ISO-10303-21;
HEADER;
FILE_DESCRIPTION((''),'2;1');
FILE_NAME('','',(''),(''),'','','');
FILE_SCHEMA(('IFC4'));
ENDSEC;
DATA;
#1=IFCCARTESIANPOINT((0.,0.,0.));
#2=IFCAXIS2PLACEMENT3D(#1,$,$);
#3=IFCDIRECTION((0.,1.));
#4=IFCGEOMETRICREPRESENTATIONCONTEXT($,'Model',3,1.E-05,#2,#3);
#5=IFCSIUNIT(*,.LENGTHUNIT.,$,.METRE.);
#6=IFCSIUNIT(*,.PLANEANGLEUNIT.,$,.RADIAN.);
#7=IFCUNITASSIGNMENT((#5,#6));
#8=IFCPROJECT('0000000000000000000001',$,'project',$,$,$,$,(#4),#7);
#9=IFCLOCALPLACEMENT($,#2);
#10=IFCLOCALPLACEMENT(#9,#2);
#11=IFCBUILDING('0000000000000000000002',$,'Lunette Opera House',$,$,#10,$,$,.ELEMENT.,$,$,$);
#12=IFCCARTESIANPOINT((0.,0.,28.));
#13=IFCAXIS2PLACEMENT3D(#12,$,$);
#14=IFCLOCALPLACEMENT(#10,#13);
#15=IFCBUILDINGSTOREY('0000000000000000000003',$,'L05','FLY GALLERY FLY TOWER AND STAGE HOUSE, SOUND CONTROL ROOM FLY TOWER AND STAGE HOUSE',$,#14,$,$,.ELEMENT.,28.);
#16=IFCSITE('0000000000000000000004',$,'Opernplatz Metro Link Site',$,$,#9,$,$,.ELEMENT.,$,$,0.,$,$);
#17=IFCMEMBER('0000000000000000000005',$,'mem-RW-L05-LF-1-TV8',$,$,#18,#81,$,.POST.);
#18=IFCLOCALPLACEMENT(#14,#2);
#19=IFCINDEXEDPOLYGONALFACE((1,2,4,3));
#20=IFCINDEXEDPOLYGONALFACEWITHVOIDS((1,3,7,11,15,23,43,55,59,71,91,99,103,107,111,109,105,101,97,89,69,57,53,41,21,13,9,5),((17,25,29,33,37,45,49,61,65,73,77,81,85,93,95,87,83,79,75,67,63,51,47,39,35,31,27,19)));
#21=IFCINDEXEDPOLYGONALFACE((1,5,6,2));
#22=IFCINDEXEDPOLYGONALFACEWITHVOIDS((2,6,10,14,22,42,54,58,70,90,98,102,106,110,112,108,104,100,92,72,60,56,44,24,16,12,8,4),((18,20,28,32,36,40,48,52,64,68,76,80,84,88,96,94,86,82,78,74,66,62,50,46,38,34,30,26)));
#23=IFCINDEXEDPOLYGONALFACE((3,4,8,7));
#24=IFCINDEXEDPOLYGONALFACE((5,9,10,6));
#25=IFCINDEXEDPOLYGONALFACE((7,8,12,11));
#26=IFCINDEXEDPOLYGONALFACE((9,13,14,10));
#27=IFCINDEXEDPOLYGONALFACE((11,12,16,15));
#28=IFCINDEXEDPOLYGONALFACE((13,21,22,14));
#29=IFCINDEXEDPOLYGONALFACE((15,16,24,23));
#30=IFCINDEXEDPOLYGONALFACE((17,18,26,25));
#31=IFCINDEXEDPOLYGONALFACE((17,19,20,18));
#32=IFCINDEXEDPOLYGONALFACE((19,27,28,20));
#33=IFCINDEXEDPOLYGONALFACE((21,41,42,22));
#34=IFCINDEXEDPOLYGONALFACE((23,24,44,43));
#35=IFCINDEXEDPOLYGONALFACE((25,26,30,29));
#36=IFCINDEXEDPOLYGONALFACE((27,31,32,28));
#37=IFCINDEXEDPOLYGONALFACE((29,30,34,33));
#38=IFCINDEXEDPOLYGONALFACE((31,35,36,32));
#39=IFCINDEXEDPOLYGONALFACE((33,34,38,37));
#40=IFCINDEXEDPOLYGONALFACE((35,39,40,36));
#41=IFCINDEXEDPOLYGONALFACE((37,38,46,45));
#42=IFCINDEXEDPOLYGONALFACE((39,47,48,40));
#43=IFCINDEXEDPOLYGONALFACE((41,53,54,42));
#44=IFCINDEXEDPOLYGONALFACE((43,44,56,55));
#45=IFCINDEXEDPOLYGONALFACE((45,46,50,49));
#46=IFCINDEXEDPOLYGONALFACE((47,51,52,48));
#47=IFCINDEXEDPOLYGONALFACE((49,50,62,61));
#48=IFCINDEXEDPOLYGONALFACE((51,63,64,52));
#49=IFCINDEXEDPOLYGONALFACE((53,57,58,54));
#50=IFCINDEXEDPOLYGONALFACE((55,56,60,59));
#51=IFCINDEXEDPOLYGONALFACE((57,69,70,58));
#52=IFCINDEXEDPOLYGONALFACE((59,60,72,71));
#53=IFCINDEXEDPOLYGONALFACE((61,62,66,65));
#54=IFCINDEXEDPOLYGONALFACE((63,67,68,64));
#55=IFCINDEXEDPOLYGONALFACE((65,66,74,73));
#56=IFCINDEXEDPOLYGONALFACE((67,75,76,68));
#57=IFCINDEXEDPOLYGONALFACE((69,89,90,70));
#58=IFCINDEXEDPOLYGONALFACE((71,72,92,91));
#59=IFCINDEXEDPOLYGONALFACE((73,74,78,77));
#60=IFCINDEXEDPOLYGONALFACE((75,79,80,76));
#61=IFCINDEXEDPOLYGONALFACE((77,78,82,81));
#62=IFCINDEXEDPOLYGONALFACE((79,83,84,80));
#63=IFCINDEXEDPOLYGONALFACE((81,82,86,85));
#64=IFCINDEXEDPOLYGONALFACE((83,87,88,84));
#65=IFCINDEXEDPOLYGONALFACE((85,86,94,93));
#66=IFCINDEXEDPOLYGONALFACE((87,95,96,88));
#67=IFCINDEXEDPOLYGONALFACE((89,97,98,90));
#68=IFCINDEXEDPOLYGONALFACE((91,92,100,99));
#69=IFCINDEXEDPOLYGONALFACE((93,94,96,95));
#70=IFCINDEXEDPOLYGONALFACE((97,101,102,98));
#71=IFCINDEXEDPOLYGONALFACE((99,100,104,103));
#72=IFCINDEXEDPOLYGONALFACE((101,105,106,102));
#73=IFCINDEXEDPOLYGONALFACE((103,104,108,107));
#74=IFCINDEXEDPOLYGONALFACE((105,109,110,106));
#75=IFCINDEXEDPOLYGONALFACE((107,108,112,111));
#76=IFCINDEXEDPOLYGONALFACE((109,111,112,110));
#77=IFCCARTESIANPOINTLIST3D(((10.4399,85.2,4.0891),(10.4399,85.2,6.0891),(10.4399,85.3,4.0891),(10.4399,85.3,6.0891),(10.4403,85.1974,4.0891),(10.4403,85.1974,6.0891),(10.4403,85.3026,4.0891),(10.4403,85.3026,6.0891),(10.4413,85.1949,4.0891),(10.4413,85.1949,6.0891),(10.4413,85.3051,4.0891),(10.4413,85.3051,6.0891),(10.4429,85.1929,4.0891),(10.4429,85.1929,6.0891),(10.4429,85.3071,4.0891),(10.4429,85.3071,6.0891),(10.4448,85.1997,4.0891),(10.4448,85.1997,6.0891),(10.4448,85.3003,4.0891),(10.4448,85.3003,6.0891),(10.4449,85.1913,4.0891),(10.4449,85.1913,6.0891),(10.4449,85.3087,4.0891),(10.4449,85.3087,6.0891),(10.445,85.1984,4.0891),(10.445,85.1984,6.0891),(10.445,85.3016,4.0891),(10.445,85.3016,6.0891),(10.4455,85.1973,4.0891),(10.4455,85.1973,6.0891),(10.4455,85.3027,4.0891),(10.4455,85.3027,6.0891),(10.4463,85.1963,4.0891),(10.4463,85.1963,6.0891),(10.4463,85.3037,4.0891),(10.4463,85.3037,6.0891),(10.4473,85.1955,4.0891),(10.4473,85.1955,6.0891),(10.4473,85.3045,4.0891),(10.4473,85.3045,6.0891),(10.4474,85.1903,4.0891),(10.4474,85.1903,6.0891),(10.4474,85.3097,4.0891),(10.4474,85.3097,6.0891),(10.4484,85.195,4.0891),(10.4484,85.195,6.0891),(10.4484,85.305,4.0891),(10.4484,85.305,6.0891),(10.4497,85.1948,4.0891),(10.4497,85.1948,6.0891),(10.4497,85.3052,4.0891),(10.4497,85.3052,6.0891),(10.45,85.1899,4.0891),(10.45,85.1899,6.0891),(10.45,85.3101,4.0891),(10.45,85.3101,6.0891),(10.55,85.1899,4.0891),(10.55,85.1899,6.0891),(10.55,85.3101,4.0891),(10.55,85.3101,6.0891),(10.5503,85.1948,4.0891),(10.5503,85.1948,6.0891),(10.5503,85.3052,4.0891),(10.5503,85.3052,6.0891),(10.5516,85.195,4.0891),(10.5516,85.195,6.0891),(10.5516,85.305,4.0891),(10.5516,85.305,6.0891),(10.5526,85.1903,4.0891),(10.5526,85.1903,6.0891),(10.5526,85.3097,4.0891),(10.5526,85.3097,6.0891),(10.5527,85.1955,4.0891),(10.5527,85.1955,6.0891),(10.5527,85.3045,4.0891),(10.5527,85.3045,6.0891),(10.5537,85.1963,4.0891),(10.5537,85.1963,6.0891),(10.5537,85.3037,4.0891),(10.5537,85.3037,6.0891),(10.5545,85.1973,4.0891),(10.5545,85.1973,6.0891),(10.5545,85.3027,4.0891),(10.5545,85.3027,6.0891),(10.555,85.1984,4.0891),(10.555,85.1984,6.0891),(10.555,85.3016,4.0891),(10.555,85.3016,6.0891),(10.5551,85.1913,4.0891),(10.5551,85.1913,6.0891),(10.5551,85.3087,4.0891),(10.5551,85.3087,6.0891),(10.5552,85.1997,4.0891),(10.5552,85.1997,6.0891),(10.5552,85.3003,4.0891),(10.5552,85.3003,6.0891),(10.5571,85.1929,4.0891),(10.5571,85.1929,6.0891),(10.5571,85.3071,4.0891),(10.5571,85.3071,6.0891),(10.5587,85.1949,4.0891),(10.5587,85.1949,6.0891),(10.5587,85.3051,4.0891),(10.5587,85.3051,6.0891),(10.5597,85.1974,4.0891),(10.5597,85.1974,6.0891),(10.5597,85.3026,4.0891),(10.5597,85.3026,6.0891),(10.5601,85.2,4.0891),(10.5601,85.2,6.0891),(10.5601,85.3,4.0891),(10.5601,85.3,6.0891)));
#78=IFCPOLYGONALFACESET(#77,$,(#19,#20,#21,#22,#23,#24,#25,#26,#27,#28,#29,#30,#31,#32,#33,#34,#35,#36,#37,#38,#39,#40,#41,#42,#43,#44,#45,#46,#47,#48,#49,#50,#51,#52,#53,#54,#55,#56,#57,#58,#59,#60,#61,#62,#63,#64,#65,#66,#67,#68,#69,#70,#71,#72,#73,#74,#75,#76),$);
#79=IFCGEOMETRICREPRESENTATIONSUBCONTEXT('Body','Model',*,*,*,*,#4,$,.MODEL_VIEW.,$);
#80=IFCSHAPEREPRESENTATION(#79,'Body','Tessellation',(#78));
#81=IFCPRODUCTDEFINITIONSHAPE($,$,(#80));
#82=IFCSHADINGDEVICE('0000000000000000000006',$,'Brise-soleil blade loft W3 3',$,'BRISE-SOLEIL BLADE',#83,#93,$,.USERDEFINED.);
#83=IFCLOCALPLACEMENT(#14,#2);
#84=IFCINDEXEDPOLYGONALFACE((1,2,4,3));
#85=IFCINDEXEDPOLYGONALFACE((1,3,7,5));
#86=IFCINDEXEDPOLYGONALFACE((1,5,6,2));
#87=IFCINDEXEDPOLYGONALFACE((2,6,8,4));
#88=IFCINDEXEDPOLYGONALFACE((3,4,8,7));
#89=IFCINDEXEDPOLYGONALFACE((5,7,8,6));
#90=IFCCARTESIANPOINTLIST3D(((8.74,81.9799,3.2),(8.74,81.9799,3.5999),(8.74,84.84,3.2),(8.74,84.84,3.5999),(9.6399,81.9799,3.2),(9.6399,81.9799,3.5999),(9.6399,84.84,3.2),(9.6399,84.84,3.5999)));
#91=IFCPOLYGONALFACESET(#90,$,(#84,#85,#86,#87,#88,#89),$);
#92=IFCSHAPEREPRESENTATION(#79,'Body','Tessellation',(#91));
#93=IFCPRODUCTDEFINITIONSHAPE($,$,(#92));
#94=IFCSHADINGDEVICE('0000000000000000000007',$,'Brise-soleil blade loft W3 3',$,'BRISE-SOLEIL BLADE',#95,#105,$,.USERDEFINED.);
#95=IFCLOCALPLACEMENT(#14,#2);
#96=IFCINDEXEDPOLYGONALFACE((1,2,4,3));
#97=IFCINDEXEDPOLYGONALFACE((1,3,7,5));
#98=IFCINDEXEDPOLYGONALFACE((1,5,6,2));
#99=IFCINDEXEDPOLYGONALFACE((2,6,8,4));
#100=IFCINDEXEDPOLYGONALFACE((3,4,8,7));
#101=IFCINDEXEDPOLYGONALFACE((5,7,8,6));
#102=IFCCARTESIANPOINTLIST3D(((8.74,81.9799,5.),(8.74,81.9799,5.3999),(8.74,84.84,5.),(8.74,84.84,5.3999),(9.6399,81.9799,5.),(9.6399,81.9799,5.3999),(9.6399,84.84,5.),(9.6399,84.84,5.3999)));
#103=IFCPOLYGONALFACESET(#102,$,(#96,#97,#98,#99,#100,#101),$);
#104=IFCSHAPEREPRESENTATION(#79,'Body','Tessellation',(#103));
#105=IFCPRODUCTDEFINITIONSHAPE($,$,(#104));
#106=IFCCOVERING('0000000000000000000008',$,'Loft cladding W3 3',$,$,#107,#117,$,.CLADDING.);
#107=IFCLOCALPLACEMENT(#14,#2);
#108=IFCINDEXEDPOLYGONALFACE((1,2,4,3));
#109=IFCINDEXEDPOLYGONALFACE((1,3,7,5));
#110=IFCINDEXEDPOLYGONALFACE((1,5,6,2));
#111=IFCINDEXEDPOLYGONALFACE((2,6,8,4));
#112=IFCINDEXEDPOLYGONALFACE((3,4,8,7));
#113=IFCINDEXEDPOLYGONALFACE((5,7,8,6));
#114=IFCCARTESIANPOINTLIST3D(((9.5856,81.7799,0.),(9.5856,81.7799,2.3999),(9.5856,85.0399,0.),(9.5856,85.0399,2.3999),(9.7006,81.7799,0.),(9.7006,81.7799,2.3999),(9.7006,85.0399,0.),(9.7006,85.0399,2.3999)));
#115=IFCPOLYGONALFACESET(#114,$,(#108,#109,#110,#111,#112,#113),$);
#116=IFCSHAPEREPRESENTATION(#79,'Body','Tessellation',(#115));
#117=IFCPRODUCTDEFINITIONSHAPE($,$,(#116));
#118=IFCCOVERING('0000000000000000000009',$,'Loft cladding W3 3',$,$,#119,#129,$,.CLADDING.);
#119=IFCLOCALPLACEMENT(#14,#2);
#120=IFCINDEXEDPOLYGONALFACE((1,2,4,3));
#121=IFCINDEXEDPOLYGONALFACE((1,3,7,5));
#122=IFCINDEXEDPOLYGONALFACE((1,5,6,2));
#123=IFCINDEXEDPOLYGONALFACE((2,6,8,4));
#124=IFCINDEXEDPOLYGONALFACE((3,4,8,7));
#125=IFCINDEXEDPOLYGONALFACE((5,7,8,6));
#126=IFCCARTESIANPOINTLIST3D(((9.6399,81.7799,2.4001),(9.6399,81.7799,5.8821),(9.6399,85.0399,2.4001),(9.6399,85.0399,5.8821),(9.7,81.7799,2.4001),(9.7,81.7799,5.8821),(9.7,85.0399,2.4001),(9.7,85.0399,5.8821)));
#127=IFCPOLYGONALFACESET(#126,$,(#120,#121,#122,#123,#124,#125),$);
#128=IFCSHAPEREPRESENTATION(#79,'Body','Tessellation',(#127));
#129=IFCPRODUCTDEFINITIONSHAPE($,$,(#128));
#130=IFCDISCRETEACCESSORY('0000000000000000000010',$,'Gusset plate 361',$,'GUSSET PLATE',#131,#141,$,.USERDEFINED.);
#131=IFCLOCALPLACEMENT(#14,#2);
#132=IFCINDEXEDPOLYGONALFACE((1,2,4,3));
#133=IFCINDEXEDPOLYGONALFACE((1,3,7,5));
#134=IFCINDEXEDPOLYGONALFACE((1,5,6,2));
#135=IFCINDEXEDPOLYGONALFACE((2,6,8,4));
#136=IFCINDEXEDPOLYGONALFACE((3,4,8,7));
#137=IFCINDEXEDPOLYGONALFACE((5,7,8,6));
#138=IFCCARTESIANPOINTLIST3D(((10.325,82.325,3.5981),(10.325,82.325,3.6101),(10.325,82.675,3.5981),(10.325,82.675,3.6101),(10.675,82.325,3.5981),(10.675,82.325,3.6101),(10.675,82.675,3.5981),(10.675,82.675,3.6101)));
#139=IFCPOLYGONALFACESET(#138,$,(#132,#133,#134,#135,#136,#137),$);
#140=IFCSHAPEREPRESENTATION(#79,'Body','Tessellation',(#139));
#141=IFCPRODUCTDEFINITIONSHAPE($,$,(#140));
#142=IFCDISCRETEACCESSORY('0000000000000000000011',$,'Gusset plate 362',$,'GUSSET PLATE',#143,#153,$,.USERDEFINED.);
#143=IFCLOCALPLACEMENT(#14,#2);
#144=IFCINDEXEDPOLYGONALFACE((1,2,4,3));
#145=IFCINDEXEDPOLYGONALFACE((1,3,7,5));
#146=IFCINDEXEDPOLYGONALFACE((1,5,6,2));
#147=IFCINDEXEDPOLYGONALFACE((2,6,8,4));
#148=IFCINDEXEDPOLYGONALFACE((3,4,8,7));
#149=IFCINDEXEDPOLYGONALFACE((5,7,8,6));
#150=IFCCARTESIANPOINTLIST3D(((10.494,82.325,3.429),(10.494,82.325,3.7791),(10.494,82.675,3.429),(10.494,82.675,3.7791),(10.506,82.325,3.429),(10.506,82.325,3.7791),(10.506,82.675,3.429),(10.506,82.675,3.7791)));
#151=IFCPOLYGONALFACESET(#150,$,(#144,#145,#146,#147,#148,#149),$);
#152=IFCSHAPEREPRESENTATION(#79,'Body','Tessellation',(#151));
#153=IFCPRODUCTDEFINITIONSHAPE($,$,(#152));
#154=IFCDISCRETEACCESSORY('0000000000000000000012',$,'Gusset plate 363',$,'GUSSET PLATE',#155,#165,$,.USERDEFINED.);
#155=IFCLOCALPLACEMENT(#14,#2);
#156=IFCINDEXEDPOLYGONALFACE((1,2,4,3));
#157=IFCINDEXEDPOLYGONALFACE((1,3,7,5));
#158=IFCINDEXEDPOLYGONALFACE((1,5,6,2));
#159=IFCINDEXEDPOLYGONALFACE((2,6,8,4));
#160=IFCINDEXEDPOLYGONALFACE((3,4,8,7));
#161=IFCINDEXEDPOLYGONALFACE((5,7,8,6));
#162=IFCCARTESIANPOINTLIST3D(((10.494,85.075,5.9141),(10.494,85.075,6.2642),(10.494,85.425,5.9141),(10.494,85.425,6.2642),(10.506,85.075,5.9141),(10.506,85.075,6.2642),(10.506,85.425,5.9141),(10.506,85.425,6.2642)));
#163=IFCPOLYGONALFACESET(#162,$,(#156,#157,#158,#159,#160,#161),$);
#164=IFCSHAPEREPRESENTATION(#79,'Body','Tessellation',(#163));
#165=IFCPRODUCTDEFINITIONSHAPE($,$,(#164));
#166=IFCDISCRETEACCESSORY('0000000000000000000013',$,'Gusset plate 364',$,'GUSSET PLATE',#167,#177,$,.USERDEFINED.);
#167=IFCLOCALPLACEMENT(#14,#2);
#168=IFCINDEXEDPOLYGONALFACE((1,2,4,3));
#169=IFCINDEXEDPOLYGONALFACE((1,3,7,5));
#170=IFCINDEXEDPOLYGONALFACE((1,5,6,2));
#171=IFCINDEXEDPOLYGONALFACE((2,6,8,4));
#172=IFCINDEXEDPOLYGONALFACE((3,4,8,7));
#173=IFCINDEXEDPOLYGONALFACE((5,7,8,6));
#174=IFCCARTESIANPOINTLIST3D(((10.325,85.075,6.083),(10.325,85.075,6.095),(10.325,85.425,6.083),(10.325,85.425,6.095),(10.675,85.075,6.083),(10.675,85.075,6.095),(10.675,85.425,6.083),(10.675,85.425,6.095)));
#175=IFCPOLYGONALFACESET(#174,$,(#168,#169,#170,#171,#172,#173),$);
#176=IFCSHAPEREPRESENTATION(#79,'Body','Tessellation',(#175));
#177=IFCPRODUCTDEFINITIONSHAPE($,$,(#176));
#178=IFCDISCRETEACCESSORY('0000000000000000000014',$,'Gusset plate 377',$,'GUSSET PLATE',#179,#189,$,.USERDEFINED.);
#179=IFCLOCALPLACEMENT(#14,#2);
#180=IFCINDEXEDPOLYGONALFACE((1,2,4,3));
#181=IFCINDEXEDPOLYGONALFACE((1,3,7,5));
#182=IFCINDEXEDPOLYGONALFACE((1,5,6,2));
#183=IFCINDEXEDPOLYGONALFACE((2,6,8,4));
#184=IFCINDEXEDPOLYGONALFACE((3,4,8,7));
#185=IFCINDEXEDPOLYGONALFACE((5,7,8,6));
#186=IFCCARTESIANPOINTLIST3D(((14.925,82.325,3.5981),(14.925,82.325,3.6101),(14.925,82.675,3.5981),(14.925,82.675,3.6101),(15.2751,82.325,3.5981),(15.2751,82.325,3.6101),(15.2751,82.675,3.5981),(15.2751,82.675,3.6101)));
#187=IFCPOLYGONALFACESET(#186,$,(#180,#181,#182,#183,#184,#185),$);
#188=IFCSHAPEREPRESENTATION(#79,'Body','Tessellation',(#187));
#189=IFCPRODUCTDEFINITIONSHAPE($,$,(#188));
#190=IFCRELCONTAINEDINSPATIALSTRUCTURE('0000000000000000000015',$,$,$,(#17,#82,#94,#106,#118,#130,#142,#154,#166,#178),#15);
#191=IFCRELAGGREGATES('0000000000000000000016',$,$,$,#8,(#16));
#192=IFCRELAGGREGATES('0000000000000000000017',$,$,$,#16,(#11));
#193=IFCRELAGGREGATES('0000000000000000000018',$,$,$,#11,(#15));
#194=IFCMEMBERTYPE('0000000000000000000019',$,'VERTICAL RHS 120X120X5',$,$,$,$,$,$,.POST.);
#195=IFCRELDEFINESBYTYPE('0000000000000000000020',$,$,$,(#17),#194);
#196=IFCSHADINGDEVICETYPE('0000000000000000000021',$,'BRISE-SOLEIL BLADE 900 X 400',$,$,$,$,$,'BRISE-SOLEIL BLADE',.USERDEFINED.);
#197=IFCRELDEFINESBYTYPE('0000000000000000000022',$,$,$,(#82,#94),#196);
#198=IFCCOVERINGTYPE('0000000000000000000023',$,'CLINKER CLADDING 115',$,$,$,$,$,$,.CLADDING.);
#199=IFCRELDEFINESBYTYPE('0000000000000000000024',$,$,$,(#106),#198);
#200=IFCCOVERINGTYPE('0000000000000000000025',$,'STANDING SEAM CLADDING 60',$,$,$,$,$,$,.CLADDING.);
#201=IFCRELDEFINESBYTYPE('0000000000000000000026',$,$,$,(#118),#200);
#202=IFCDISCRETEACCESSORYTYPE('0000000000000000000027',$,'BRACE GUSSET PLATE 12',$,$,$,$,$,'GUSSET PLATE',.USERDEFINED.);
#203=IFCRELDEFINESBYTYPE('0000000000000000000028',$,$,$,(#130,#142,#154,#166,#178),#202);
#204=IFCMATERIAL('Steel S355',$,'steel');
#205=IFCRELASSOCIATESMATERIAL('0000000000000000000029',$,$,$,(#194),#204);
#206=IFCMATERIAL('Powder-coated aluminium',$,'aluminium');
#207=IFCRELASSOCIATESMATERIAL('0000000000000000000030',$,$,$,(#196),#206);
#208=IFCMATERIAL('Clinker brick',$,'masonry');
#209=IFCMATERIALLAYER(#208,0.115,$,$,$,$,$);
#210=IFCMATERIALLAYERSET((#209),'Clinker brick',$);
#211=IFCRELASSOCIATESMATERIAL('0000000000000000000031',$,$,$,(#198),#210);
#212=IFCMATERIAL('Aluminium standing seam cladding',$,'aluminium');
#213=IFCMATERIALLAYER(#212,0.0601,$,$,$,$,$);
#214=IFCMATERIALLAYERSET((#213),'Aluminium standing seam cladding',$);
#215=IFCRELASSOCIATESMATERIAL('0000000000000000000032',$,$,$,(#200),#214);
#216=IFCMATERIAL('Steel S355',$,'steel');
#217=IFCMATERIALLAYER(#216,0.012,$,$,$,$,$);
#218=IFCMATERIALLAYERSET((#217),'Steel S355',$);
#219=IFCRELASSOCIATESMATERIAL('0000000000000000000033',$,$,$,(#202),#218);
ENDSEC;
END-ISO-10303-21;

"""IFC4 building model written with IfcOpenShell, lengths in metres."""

from ifc_helpers import new_model, si_unit, direction, frame, origin, origin_2d, place, context, subcontext, project, spatial, rectangle, hollow_rectangle, extrude, material, layer, layer_set, material_profile, profile_set, type_object, element, save


model = new_model("IFC4")

# Units and contexts
model_context = context("Model", 3, precision=1e-05, world=origin(), true_north=direction((0.0, 1.0)))
body_context = subcontext(model_context, "Body", "Model", "MODEL_VIEW")
ifc_project = project(units=[si_unit("LENGTHUNIT", "METRE"), si_unit("PLANEANGLEUNIT", "RADIAN")], contexts=[model_context])

# Site, building, storey
site_placement = place(None, origin())
site = spatial("IfcSite", under=ifc_project, at=site_placement, Name="Opernplatz Metro Link Site", CompositionType="ELEMENT", RefElevation=0.0)
building_placement = place(site_placement, origin())
building = spatial("IfcBuilding", under=site, at=building_placement, Name="Lunette Opera House", CompositionType="ELEMENT")
storey_placement = place(building_placement, frame((0.0, 0.0, 28.0)))
storey = spatial("IfcBuildingStorey", under=building, at=storey_placement, Name="L05", Description="FLY GALLERY FLY TOWER AND STAGE HOUSE, SOUND CONTROL ROOM FLY TOWER AND STAGE HOUSE", CompositionType="ELEMENT", Elevation=28.0)

# Member
ifc_material_1 = material(Name="Steel S355", Category="steel")
ifc_material_profile_1 = material_profile(ifc_material_1, hollow_rectangle(XDim=0.1201, YDim=0.1201, WallThickness=0.0049, InnerFilletRadius=0.0049, OuterFilletRadius=0.01, at=origin_2d()), Name="RHS 120X120X5")
ifc_profile_set_1 = profile_set([ifc_material_profile_1], Name="Steel S355")
member_type_1 = type_object("IfcMemberType", Name="VERTICAL RHS 120X120X5", PredefinedType="POST", material=ifc_profile_set_1)
member_1_placement = place(storey_placement, frame((10.5, 85.25, 4.0891), z_axis=(0.0, 0.0, 1.0), x_axis=(1.0, 0.0, 0.0)))
element("IfcMember", 1, at=member_1_placement, inside=storey, type_object=member_type_1, Name="mem-RW-L05-LF-1-TV8", PredefinedType="POST", context=body_context, shape_type="SweptSolid", body=[
    extrude(hollow_rectangle(XDim=0.1201, YDim=0.1201, WallThickness=0.0049, InnerFilletRadius=0.0049, OuterFilletRadius=0.01, at=origin_2d()), origin(), (0.0, 0.0, 1.0), 2.0),
])

# Shading devices
ifc_material_2 = material(Name="Powder-coated aluminium", Category="aluminium")
shading_device_type = type_object("IfcShadingDeviceType", Name="BRISE-SOLEIL BLADE 900 X 400", ElementType="BRISE-SOLEIL BLADE", PredefinedType="USERDEFINED", material=ifc_material_2)
for number, where, z_axis, x_axis, name in (
    (2, (9.1899, 83.4099, 3.2), (0.0, 0.0, 1.0), (-1.0, 0.0, 0.0), "Brise-soleil blade loft W3 3"),
    (3, (9.1899, 83.4099, 5.0), (0.0, 0.0, 1.0), (-1.0, 0.0, 0.0), "Brise-soleil blade loft W3 3"),
):
    element("IfcShadingDevice", number, at=place(storey_placement, frame(where, z_axis=z_axis, x_axis=x_axis)), inside=storey, type_object=shading_device_type, Name=name, ObjectType="BRISE-SOLEIL BLADE", PredefinedType="USERDEFINED", context=body_context, shape_type="SweptSolid", body=[
        extrude(rectangle(XDim=0.8999, YDim=2.8601, at=origin_2d()), origin(), (0.0, 0.0, 1.0), 0.3999),
    ])

# Coverings
ifc_material_3 = material(Name="Clinker brick", Category="masonry")
ifc_layer_1 = layer(ifc_material_3, 0.115)
ifc_layer_set_1 = layer_set([ifc_layer_1], Name="Clinker brick")
covering_type_1 = type_object("IfcCoveringType", Name="CLINKER CLADDING 115", PredefinedType="CLADDING", material=ifc_layer_set_1)
covering_1_placement = place(storey_placement, frame((9.6431, 83.4099, 0.0), z_axis=(0.0, 0.0, 1.0), x_axis=(0.0, 1.0, 0.0)))
element("IfcCovering", 4, at=covering_1_placement, inside=storey, type_object=covering_type_1, Name="Loft cladding W3 3", PredefinedType="CLADDING", context=body_context, shape_type="SweptSolid", body=[
    extrude(rectangle(XDim=3.26, YDim=0.115, at=origin_2d()), origin(), (0.0, 0.0, 1.0), 2.3999),
])
ifc_material_4 = material(Name="Aluminium standing seam cladding", Category="aluminium")
ifc_layer_2 = layer(ifc_material_4, 0.0601)
ifc_layer_set_2 = layer_set([ifc_layer_2], Name="Aluminium standing seam cladding")
covering_type_2 = type_object("IfcCoveringType", Name="STANDING SEAM CLADDING 60", PredefinedType="CLADDING", material=ifc_layer_set_2)
covering_2_placement = place(storey_placement, frame((9.6699, 83.4099, 2.4001), z_axis=(0.0, 0.0, 1.0), x_axis=(0.0, 1.0, 0.0)))
element("IfcCovering", 5, at=covering_2_placement, inside=storey, type_object=covering_type_2, Name="Loft cladding W3 3", PredefinedType="CLADDING", context=body_context, shape_type="SweptSolid", body=[
    extrude(rectangle(XDim=3.26, YDim=0.0601, at=origin_2d()), origin(), (0.0, 0.0, 1.0), 3.4819),
])

# Discrete accessories
ifc_material_5 = material(Name="Steel S355", Category="steel")
ifc_layer_3 = layer(ifc_material_5, 0.012)
ifc_layer_set_3 = layer_set([ifc_layer_3], Name="Steel S355")
discrete_accessory_type_1 = type_object("IfcDiscreteAccessoryType", Name="BRACE GUSSET PLATE 12", ElementType="GUSSET PLATE", PredefinedType="USERDEFINED", material=ifc_layer_set_3)
discrete_accessory_1_placement = place(storey_placement, frame((10.5, 82.5, 3.5981), z_axis=(0.0, 0.0, 1.0), x_axis=(0.0, 1.0, 0.0)))
element("IfcDiscreteAccessory", 6, at=discrete_accessory_1_placement, inside=storey, type_object=discrete_accessory_type_1, Name="Gusset plate 361", ObjectType="GUSSET PLATE", PredefinedType="USERDEFINED", context=body_context, shape_type="SweptSolid", body=[
    extrude(rectangle(XDim=0.3501, YDim=0.3501, at=origin_2d()), origin(), (0.0, 0.0, 1.0), 0.012),
])
for number, where, z_axis, x_axis, name in (
    (7, (10.5, 82.5, 3.429), (0.0, 0.0, 1.0), (0.0, 1.0, 0.0), "Gusset plate 362"),
    (8, (10.5, 85.25, 5.9141), (0.0, 0.0, 1.0), (0.0, 1.0, 0.0), "Gusset plate 363"),
):
    element("IfcDiscreteAccessory", number, at=place(storey_placement, frame(where, z_axis=z_axis, x_axis=x_axis)), inside=storey, type_object=discrete_accessory_type_1, Name=name, ObjectType="GUSSET PLATE", PredefinedType="USERDEFINED", context=body_context, shape_type="SweptSolid", body=[
        extrude(rectangle(XDim=0.3501, YDim=0.012, at=origin_2d()), origin(), (0.0, 0.0, 1.0), 0.3501),
    ])
for number, where, z_axis, x_axis, name in (
    (9, (10.5, 85.25, 6.083), (0.0, 0.0, 1.0), (0.0, 1.0, 0.0), "Gusset plate 364"),
    (10, (15.1001, 82.5, 3.5981), (0.0, 0.0, 1.0), (0.0, 1.0, 0.0), "Gusset plate 377"),
):
    element("IfcDiscreteAccessory", number, at=place(storey_placement, frame(where, z_axis=z_axis, x_axis=x_axis)), inside=storey, type_object=discrete_accessory_type_1, Name=name, ObjectType="GUSSET PLATE", PredefinedType="USERDEFINED", context=body_context, shape_type="SweptSolid", body=[
        extrude(rectangle(XDim=0.3501, YDim=0.3501, at=origin_2d()), origin(), (0.0, 0.0, 1.0), 0.012),
    ])

save(model, "model.ifc")
